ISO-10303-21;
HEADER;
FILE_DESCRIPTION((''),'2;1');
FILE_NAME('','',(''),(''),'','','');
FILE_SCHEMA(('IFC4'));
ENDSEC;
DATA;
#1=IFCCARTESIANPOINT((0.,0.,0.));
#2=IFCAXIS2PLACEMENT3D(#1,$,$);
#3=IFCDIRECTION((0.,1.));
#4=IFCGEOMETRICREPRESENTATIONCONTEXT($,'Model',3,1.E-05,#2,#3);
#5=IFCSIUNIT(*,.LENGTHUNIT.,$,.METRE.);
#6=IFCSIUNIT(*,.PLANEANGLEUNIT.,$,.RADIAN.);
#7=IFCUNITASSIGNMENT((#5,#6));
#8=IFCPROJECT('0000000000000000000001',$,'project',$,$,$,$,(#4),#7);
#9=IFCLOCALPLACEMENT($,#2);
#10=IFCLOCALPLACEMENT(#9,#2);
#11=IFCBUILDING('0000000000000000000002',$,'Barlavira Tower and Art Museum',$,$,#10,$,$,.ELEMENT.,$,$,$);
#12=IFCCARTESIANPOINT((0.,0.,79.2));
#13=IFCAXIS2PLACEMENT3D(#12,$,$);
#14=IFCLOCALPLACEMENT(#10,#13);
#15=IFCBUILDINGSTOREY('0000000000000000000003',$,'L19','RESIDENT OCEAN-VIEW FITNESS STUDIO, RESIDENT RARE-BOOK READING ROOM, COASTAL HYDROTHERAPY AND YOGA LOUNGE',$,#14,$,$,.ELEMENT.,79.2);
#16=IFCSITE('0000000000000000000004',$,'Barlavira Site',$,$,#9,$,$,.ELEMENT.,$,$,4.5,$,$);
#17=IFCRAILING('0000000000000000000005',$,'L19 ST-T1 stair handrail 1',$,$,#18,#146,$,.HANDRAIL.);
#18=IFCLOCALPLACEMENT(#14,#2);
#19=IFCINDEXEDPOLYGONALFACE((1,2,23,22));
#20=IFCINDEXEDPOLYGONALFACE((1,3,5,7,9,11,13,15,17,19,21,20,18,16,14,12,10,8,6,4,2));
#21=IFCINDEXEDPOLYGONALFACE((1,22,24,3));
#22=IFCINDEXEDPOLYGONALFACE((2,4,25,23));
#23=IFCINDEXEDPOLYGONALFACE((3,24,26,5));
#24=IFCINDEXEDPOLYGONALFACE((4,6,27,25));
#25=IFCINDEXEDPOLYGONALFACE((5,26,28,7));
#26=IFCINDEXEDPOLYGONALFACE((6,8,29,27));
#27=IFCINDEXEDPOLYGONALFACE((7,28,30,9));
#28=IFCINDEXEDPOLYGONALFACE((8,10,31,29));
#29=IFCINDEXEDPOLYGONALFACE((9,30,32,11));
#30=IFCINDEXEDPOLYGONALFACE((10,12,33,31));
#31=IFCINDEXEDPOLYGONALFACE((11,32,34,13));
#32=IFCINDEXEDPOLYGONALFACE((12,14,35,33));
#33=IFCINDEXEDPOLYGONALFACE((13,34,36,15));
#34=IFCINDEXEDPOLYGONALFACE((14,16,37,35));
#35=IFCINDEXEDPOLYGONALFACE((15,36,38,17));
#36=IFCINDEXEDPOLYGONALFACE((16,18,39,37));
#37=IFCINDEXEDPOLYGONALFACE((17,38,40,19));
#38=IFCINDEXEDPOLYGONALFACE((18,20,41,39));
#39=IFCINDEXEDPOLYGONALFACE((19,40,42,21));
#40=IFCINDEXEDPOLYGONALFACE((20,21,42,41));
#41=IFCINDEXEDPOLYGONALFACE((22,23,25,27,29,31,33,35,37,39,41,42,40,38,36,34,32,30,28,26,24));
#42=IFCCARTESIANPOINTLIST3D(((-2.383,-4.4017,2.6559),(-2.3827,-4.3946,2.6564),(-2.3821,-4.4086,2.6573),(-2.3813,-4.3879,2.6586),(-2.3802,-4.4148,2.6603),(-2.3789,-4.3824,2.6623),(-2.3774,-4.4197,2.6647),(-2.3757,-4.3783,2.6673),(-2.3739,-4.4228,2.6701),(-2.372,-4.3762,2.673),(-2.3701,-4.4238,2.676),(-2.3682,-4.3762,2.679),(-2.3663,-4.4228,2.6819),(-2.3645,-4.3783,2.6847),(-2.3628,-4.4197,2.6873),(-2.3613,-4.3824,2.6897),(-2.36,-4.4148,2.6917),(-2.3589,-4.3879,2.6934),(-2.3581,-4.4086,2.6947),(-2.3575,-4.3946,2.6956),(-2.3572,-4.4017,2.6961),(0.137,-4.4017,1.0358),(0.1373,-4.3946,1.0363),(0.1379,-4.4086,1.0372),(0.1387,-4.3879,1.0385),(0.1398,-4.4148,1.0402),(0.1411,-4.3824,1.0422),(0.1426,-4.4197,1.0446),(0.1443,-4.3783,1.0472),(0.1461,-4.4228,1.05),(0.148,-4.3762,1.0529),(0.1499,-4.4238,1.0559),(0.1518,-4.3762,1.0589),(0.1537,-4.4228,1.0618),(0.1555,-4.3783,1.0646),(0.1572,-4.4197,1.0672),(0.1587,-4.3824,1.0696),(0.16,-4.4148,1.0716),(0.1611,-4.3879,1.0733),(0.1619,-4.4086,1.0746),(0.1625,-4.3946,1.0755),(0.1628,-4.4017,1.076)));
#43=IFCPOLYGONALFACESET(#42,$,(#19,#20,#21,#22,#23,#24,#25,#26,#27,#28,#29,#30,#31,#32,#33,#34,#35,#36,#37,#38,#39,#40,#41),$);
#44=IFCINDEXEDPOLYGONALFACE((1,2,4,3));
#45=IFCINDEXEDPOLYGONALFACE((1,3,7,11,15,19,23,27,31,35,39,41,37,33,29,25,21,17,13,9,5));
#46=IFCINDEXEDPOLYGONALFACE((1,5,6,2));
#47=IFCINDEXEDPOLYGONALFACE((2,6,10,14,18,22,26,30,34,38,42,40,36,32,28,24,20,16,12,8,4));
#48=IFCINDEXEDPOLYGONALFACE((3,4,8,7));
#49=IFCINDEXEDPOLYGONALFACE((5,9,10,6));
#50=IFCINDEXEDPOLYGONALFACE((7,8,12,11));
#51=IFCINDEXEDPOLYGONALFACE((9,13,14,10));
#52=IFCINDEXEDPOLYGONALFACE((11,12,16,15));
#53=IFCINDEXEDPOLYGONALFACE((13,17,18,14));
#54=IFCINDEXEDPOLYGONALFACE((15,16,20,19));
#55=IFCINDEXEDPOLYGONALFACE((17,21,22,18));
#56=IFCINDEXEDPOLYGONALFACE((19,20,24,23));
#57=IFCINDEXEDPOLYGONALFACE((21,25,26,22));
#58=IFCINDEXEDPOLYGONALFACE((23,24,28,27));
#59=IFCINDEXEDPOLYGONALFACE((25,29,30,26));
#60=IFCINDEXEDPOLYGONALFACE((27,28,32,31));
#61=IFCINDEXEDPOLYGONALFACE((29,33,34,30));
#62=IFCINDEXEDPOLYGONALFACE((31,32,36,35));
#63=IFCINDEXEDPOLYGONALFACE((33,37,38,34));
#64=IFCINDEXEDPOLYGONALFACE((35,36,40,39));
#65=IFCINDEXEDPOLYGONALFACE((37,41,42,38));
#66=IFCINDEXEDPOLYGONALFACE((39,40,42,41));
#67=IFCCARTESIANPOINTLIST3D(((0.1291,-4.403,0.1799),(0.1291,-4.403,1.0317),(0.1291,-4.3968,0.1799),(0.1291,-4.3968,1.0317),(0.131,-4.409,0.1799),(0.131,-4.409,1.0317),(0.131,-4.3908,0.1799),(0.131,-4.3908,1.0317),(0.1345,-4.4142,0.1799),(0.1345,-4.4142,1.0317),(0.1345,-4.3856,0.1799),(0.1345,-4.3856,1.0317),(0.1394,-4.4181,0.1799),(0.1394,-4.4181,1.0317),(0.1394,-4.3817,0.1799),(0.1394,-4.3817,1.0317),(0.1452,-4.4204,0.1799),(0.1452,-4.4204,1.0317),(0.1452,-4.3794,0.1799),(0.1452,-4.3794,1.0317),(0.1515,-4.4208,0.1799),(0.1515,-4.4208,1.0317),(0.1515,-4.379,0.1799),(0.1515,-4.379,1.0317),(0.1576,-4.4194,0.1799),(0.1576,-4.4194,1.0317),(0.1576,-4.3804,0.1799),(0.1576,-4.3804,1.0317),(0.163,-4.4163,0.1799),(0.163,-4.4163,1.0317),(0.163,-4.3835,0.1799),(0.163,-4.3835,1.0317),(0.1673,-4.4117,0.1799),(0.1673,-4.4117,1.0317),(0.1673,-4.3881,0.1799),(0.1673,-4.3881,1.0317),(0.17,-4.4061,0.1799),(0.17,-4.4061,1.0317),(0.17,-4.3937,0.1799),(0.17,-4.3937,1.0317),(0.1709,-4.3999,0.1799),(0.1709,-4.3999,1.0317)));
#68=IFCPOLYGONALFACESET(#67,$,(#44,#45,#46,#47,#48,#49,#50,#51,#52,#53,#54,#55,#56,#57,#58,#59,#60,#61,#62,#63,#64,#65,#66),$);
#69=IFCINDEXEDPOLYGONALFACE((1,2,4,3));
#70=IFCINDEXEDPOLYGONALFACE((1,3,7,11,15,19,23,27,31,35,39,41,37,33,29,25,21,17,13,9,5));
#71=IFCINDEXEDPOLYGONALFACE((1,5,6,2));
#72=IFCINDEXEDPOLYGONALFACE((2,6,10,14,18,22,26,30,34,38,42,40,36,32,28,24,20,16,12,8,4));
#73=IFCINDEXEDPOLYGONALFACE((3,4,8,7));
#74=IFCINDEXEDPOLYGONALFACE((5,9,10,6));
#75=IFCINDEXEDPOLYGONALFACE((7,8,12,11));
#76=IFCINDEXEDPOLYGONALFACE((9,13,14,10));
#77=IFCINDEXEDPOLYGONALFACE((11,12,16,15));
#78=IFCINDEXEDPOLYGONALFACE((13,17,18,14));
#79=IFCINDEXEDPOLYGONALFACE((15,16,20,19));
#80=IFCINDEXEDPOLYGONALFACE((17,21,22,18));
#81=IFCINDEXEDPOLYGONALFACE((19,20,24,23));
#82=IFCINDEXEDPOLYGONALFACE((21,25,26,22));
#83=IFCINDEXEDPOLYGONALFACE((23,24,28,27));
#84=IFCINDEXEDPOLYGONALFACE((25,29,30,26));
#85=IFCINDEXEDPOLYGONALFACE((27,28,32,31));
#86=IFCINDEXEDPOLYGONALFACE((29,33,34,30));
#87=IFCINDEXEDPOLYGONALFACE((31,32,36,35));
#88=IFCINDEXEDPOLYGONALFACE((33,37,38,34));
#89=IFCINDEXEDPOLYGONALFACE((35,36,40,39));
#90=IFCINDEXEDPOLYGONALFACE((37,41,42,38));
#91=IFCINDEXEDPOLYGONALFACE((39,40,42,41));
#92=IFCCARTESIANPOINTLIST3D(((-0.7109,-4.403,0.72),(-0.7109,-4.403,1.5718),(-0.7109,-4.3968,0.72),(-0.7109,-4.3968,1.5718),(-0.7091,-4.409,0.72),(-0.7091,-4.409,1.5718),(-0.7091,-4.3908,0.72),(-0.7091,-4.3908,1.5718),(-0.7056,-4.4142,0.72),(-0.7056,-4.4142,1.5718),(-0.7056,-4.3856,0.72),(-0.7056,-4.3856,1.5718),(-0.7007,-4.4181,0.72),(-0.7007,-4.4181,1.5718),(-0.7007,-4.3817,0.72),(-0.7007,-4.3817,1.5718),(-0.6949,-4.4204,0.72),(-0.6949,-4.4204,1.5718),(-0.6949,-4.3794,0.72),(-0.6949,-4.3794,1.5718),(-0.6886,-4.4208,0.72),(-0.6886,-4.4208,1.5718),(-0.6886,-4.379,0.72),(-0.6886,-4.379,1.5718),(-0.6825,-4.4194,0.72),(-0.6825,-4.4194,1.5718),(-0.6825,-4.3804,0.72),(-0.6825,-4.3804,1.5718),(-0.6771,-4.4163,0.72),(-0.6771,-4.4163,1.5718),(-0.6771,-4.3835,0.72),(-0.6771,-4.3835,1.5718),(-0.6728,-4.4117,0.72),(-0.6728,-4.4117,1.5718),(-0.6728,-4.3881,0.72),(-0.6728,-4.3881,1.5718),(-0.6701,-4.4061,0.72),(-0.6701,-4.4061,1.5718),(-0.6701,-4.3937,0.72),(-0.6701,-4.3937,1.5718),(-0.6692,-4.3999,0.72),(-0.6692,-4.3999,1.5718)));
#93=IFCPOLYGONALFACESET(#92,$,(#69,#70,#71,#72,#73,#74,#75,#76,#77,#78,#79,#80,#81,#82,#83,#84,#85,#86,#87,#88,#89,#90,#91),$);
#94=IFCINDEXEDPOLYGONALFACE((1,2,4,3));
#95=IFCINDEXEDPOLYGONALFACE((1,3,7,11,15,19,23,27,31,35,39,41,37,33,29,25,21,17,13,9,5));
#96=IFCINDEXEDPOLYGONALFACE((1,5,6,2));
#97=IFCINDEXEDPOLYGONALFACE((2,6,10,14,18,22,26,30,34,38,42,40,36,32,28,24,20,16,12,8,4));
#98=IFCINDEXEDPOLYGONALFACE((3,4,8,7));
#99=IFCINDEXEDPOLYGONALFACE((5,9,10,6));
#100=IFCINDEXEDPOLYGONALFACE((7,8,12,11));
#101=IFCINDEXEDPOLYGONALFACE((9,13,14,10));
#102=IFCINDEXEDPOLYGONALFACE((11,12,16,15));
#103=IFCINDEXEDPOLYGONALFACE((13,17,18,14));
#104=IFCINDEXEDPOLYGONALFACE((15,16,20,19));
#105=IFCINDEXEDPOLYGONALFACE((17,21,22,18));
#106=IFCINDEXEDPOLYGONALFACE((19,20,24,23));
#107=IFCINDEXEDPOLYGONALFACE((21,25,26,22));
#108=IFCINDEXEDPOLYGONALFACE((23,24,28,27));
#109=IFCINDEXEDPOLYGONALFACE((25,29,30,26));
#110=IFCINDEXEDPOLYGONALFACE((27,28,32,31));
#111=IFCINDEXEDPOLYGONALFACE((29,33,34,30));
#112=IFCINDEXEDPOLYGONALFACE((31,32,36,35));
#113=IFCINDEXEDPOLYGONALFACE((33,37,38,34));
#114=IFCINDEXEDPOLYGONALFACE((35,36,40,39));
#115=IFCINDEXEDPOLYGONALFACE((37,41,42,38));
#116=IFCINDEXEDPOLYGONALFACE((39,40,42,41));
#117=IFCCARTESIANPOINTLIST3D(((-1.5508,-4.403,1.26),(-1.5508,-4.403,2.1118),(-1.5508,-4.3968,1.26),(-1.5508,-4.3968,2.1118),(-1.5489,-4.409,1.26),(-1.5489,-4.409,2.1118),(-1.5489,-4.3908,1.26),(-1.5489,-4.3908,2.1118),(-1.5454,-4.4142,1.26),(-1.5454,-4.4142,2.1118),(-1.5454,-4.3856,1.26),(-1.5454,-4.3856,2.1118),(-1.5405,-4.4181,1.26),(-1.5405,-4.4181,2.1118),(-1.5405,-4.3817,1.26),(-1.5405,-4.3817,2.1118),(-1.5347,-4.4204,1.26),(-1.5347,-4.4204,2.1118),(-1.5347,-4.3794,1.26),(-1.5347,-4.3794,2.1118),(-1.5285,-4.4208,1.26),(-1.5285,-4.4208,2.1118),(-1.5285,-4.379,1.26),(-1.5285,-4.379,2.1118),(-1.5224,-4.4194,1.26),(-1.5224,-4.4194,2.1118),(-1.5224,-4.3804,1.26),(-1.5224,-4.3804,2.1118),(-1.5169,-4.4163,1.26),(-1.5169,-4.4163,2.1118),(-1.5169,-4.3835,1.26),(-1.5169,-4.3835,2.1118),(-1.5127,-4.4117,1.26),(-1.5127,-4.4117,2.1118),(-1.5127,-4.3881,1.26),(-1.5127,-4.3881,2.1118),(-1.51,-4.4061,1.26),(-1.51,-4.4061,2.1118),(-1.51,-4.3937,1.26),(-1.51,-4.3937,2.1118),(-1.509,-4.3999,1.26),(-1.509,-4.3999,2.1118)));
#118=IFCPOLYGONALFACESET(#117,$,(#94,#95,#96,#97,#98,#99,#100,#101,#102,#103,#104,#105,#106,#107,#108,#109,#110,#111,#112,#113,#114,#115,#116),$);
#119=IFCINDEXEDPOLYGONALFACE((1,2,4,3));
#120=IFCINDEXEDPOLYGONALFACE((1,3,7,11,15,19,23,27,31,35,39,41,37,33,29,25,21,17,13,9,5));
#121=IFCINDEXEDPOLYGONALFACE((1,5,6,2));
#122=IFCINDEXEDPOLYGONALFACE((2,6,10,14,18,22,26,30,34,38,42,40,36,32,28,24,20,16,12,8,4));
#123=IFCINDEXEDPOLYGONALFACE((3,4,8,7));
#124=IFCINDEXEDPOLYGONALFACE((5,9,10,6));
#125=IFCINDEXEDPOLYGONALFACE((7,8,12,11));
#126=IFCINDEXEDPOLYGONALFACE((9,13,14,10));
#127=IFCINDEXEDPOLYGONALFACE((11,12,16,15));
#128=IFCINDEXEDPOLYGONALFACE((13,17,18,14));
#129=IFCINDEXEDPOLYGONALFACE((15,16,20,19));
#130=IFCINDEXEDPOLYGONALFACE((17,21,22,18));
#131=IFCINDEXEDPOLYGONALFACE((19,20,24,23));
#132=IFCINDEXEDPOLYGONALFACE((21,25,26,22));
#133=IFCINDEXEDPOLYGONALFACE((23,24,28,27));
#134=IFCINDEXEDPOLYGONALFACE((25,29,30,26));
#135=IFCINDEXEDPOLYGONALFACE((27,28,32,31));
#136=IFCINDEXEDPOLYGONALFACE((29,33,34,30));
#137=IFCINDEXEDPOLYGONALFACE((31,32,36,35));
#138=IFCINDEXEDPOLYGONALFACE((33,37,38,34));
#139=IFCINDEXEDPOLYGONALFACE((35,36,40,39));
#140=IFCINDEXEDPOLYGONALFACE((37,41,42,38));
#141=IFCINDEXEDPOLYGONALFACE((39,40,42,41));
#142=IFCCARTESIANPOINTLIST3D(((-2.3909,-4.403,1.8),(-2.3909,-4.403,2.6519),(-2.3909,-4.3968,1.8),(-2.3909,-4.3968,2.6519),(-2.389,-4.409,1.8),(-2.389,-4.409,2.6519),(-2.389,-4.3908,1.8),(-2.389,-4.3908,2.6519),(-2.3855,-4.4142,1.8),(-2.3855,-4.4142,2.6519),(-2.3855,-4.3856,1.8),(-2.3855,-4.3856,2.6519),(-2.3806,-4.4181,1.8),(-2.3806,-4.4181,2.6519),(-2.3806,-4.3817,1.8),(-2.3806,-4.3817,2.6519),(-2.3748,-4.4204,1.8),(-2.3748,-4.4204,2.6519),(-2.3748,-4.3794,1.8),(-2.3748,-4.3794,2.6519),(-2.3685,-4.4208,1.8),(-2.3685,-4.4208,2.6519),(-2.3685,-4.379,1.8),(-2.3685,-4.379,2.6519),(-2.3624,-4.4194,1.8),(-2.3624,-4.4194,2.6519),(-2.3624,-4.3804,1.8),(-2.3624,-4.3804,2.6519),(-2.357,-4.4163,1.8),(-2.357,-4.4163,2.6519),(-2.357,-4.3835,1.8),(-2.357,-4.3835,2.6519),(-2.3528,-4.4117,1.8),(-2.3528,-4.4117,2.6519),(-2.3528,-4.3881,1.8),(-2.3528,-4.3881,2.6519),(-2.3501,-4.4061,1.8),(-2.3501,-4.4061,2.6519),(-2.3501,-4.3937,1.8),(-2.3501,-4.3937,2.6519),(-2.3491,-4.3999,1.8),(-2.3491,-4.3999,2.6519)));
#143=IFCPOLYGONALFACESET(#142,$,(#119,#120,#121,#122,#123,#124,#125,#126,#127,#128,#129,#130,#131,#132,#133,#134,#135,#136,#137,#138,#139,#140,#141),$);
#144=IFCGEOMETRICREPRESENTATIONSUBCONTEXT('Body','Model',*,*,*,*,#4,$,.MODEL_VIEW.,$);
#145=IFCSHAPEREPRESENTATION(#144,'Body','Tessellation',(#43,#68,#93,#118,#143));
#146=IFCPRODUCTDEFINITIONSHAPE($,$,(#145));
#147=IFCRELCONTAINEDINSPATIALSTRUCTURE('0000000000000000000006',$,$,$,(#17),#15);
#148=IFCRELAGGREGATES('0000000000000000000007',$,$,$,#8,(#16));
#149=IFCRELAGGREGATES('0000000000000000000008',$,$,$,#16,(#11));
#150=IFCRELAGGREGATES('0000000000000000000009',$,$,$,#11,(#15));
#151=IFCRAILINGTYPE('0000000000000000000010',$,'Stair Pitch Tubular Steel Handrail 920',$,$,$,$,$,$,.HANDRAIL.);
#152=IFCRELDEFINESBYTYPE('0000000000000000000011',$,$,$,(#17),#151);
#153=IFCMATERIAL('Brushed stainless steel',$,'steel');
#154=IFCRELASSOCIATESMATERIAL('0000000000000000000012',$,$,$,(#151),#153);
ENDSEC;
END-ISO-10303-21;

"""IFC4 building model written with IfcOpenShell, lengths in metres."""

from ifc_helpers import new_model, si_unit, direction, frame, origin, origin_2d, place, context, subcontext, project, spatial, circle, extrude, material, type_object, element, save


model = new_model("IFC4")

# Units and contexts
model_context = context("Model", 3, precision=1e-05, world=origin(), true_north=direction((0.0, 1.0)))
body_context = subcontext(model_context, "Body", "Model", "MODEL_VIEW")
ifc_project = project(units=[si_unit("LENGTHUNIT", "METRE"), si_unit("PLANEANGLEUNIT", "RADIAN")], contexts=[model_context])

# Site, building, storey
site_placement = place(None, origin())
site = spatial("IfcSite", under=ifc_project, at=site_placement, Name="Barlavira Site", CompositionType="ELEMENT", RefElevation=4.5)
building_placement = place(site_placement, origin())
building = spatial("IfcBuilding", under=site, at=building_placement, Name="Barlavira Tower and Art Museum", CompositionType="ELEMENT")
storey_placement = place(building_placement, frame((0.0, 0.0, 79.2)))
storey = spatial("IfcBuildingStorey", under=building, at=storey_placement, Name="L19", Description="RESIDENT OCEAN-VIEW FITNESS STUDIO, RESIDENT RARE-BOOK READING ROOM, COASTAL HYDROTHERAPY AND YOGA LOUNGE", CompositionType="ELEMENT", Elevation=79.2)

# Shared definitions
ifc_material_1 = material(Name="Brushed stainless steel", Category="steel")

# Railing
railing_type_1 = type_object("IfcRailingType", Name="Stair Pitch Tubular Steel Handrail 920", PredefinedType="HANDRAIL", material=ifc_material_1)
railing_1_placement = place(storey_placement, frame((0.1499, -4.3999, 0.1799)))
element("IfcRailing", 1, at=railing_1_placement, inside=storey, type_object=railing_type_1, Name="L19 ST-T1 stair handrail 1", PredefinedType="HANDRAIL", context=body_context, shape_type="SweptSolid", body=[
    extrude(circle(Radius=0.0239, at=origin_2d()), frame((0.0, 0.0, 0.876), z_axis=(-0.841163, 0.0, 0.540782), x_axis=(0.0, -1.0, 0.0)), (0.0, 0.0, 1.0), 2.9958),
    extrude(circle(Radius=0.021, at=origin_2d()), origin(), (0.0, 0.0, 1.0), 0.8518),
    extrude(circle(Radius=0.021, at=origin_2d()), frame((-0.8401, 0.0, 0.54)), (0.0, 0.0, 1.0), 0.8518),
    extrude(circle(Radius=0.021, at=origin_2d()), frame((-1.6799, 0.0, 1.0801)), (0.0, 0.0, 1.0), 0.8518),
    extrude(circle(Radius=0.021, at=origin_2d()), frame((-2.52, 0.0, 1.6201)), (0.0, 0.0, 1.0), 0.8518),
])

save(model, "model.ifc")
